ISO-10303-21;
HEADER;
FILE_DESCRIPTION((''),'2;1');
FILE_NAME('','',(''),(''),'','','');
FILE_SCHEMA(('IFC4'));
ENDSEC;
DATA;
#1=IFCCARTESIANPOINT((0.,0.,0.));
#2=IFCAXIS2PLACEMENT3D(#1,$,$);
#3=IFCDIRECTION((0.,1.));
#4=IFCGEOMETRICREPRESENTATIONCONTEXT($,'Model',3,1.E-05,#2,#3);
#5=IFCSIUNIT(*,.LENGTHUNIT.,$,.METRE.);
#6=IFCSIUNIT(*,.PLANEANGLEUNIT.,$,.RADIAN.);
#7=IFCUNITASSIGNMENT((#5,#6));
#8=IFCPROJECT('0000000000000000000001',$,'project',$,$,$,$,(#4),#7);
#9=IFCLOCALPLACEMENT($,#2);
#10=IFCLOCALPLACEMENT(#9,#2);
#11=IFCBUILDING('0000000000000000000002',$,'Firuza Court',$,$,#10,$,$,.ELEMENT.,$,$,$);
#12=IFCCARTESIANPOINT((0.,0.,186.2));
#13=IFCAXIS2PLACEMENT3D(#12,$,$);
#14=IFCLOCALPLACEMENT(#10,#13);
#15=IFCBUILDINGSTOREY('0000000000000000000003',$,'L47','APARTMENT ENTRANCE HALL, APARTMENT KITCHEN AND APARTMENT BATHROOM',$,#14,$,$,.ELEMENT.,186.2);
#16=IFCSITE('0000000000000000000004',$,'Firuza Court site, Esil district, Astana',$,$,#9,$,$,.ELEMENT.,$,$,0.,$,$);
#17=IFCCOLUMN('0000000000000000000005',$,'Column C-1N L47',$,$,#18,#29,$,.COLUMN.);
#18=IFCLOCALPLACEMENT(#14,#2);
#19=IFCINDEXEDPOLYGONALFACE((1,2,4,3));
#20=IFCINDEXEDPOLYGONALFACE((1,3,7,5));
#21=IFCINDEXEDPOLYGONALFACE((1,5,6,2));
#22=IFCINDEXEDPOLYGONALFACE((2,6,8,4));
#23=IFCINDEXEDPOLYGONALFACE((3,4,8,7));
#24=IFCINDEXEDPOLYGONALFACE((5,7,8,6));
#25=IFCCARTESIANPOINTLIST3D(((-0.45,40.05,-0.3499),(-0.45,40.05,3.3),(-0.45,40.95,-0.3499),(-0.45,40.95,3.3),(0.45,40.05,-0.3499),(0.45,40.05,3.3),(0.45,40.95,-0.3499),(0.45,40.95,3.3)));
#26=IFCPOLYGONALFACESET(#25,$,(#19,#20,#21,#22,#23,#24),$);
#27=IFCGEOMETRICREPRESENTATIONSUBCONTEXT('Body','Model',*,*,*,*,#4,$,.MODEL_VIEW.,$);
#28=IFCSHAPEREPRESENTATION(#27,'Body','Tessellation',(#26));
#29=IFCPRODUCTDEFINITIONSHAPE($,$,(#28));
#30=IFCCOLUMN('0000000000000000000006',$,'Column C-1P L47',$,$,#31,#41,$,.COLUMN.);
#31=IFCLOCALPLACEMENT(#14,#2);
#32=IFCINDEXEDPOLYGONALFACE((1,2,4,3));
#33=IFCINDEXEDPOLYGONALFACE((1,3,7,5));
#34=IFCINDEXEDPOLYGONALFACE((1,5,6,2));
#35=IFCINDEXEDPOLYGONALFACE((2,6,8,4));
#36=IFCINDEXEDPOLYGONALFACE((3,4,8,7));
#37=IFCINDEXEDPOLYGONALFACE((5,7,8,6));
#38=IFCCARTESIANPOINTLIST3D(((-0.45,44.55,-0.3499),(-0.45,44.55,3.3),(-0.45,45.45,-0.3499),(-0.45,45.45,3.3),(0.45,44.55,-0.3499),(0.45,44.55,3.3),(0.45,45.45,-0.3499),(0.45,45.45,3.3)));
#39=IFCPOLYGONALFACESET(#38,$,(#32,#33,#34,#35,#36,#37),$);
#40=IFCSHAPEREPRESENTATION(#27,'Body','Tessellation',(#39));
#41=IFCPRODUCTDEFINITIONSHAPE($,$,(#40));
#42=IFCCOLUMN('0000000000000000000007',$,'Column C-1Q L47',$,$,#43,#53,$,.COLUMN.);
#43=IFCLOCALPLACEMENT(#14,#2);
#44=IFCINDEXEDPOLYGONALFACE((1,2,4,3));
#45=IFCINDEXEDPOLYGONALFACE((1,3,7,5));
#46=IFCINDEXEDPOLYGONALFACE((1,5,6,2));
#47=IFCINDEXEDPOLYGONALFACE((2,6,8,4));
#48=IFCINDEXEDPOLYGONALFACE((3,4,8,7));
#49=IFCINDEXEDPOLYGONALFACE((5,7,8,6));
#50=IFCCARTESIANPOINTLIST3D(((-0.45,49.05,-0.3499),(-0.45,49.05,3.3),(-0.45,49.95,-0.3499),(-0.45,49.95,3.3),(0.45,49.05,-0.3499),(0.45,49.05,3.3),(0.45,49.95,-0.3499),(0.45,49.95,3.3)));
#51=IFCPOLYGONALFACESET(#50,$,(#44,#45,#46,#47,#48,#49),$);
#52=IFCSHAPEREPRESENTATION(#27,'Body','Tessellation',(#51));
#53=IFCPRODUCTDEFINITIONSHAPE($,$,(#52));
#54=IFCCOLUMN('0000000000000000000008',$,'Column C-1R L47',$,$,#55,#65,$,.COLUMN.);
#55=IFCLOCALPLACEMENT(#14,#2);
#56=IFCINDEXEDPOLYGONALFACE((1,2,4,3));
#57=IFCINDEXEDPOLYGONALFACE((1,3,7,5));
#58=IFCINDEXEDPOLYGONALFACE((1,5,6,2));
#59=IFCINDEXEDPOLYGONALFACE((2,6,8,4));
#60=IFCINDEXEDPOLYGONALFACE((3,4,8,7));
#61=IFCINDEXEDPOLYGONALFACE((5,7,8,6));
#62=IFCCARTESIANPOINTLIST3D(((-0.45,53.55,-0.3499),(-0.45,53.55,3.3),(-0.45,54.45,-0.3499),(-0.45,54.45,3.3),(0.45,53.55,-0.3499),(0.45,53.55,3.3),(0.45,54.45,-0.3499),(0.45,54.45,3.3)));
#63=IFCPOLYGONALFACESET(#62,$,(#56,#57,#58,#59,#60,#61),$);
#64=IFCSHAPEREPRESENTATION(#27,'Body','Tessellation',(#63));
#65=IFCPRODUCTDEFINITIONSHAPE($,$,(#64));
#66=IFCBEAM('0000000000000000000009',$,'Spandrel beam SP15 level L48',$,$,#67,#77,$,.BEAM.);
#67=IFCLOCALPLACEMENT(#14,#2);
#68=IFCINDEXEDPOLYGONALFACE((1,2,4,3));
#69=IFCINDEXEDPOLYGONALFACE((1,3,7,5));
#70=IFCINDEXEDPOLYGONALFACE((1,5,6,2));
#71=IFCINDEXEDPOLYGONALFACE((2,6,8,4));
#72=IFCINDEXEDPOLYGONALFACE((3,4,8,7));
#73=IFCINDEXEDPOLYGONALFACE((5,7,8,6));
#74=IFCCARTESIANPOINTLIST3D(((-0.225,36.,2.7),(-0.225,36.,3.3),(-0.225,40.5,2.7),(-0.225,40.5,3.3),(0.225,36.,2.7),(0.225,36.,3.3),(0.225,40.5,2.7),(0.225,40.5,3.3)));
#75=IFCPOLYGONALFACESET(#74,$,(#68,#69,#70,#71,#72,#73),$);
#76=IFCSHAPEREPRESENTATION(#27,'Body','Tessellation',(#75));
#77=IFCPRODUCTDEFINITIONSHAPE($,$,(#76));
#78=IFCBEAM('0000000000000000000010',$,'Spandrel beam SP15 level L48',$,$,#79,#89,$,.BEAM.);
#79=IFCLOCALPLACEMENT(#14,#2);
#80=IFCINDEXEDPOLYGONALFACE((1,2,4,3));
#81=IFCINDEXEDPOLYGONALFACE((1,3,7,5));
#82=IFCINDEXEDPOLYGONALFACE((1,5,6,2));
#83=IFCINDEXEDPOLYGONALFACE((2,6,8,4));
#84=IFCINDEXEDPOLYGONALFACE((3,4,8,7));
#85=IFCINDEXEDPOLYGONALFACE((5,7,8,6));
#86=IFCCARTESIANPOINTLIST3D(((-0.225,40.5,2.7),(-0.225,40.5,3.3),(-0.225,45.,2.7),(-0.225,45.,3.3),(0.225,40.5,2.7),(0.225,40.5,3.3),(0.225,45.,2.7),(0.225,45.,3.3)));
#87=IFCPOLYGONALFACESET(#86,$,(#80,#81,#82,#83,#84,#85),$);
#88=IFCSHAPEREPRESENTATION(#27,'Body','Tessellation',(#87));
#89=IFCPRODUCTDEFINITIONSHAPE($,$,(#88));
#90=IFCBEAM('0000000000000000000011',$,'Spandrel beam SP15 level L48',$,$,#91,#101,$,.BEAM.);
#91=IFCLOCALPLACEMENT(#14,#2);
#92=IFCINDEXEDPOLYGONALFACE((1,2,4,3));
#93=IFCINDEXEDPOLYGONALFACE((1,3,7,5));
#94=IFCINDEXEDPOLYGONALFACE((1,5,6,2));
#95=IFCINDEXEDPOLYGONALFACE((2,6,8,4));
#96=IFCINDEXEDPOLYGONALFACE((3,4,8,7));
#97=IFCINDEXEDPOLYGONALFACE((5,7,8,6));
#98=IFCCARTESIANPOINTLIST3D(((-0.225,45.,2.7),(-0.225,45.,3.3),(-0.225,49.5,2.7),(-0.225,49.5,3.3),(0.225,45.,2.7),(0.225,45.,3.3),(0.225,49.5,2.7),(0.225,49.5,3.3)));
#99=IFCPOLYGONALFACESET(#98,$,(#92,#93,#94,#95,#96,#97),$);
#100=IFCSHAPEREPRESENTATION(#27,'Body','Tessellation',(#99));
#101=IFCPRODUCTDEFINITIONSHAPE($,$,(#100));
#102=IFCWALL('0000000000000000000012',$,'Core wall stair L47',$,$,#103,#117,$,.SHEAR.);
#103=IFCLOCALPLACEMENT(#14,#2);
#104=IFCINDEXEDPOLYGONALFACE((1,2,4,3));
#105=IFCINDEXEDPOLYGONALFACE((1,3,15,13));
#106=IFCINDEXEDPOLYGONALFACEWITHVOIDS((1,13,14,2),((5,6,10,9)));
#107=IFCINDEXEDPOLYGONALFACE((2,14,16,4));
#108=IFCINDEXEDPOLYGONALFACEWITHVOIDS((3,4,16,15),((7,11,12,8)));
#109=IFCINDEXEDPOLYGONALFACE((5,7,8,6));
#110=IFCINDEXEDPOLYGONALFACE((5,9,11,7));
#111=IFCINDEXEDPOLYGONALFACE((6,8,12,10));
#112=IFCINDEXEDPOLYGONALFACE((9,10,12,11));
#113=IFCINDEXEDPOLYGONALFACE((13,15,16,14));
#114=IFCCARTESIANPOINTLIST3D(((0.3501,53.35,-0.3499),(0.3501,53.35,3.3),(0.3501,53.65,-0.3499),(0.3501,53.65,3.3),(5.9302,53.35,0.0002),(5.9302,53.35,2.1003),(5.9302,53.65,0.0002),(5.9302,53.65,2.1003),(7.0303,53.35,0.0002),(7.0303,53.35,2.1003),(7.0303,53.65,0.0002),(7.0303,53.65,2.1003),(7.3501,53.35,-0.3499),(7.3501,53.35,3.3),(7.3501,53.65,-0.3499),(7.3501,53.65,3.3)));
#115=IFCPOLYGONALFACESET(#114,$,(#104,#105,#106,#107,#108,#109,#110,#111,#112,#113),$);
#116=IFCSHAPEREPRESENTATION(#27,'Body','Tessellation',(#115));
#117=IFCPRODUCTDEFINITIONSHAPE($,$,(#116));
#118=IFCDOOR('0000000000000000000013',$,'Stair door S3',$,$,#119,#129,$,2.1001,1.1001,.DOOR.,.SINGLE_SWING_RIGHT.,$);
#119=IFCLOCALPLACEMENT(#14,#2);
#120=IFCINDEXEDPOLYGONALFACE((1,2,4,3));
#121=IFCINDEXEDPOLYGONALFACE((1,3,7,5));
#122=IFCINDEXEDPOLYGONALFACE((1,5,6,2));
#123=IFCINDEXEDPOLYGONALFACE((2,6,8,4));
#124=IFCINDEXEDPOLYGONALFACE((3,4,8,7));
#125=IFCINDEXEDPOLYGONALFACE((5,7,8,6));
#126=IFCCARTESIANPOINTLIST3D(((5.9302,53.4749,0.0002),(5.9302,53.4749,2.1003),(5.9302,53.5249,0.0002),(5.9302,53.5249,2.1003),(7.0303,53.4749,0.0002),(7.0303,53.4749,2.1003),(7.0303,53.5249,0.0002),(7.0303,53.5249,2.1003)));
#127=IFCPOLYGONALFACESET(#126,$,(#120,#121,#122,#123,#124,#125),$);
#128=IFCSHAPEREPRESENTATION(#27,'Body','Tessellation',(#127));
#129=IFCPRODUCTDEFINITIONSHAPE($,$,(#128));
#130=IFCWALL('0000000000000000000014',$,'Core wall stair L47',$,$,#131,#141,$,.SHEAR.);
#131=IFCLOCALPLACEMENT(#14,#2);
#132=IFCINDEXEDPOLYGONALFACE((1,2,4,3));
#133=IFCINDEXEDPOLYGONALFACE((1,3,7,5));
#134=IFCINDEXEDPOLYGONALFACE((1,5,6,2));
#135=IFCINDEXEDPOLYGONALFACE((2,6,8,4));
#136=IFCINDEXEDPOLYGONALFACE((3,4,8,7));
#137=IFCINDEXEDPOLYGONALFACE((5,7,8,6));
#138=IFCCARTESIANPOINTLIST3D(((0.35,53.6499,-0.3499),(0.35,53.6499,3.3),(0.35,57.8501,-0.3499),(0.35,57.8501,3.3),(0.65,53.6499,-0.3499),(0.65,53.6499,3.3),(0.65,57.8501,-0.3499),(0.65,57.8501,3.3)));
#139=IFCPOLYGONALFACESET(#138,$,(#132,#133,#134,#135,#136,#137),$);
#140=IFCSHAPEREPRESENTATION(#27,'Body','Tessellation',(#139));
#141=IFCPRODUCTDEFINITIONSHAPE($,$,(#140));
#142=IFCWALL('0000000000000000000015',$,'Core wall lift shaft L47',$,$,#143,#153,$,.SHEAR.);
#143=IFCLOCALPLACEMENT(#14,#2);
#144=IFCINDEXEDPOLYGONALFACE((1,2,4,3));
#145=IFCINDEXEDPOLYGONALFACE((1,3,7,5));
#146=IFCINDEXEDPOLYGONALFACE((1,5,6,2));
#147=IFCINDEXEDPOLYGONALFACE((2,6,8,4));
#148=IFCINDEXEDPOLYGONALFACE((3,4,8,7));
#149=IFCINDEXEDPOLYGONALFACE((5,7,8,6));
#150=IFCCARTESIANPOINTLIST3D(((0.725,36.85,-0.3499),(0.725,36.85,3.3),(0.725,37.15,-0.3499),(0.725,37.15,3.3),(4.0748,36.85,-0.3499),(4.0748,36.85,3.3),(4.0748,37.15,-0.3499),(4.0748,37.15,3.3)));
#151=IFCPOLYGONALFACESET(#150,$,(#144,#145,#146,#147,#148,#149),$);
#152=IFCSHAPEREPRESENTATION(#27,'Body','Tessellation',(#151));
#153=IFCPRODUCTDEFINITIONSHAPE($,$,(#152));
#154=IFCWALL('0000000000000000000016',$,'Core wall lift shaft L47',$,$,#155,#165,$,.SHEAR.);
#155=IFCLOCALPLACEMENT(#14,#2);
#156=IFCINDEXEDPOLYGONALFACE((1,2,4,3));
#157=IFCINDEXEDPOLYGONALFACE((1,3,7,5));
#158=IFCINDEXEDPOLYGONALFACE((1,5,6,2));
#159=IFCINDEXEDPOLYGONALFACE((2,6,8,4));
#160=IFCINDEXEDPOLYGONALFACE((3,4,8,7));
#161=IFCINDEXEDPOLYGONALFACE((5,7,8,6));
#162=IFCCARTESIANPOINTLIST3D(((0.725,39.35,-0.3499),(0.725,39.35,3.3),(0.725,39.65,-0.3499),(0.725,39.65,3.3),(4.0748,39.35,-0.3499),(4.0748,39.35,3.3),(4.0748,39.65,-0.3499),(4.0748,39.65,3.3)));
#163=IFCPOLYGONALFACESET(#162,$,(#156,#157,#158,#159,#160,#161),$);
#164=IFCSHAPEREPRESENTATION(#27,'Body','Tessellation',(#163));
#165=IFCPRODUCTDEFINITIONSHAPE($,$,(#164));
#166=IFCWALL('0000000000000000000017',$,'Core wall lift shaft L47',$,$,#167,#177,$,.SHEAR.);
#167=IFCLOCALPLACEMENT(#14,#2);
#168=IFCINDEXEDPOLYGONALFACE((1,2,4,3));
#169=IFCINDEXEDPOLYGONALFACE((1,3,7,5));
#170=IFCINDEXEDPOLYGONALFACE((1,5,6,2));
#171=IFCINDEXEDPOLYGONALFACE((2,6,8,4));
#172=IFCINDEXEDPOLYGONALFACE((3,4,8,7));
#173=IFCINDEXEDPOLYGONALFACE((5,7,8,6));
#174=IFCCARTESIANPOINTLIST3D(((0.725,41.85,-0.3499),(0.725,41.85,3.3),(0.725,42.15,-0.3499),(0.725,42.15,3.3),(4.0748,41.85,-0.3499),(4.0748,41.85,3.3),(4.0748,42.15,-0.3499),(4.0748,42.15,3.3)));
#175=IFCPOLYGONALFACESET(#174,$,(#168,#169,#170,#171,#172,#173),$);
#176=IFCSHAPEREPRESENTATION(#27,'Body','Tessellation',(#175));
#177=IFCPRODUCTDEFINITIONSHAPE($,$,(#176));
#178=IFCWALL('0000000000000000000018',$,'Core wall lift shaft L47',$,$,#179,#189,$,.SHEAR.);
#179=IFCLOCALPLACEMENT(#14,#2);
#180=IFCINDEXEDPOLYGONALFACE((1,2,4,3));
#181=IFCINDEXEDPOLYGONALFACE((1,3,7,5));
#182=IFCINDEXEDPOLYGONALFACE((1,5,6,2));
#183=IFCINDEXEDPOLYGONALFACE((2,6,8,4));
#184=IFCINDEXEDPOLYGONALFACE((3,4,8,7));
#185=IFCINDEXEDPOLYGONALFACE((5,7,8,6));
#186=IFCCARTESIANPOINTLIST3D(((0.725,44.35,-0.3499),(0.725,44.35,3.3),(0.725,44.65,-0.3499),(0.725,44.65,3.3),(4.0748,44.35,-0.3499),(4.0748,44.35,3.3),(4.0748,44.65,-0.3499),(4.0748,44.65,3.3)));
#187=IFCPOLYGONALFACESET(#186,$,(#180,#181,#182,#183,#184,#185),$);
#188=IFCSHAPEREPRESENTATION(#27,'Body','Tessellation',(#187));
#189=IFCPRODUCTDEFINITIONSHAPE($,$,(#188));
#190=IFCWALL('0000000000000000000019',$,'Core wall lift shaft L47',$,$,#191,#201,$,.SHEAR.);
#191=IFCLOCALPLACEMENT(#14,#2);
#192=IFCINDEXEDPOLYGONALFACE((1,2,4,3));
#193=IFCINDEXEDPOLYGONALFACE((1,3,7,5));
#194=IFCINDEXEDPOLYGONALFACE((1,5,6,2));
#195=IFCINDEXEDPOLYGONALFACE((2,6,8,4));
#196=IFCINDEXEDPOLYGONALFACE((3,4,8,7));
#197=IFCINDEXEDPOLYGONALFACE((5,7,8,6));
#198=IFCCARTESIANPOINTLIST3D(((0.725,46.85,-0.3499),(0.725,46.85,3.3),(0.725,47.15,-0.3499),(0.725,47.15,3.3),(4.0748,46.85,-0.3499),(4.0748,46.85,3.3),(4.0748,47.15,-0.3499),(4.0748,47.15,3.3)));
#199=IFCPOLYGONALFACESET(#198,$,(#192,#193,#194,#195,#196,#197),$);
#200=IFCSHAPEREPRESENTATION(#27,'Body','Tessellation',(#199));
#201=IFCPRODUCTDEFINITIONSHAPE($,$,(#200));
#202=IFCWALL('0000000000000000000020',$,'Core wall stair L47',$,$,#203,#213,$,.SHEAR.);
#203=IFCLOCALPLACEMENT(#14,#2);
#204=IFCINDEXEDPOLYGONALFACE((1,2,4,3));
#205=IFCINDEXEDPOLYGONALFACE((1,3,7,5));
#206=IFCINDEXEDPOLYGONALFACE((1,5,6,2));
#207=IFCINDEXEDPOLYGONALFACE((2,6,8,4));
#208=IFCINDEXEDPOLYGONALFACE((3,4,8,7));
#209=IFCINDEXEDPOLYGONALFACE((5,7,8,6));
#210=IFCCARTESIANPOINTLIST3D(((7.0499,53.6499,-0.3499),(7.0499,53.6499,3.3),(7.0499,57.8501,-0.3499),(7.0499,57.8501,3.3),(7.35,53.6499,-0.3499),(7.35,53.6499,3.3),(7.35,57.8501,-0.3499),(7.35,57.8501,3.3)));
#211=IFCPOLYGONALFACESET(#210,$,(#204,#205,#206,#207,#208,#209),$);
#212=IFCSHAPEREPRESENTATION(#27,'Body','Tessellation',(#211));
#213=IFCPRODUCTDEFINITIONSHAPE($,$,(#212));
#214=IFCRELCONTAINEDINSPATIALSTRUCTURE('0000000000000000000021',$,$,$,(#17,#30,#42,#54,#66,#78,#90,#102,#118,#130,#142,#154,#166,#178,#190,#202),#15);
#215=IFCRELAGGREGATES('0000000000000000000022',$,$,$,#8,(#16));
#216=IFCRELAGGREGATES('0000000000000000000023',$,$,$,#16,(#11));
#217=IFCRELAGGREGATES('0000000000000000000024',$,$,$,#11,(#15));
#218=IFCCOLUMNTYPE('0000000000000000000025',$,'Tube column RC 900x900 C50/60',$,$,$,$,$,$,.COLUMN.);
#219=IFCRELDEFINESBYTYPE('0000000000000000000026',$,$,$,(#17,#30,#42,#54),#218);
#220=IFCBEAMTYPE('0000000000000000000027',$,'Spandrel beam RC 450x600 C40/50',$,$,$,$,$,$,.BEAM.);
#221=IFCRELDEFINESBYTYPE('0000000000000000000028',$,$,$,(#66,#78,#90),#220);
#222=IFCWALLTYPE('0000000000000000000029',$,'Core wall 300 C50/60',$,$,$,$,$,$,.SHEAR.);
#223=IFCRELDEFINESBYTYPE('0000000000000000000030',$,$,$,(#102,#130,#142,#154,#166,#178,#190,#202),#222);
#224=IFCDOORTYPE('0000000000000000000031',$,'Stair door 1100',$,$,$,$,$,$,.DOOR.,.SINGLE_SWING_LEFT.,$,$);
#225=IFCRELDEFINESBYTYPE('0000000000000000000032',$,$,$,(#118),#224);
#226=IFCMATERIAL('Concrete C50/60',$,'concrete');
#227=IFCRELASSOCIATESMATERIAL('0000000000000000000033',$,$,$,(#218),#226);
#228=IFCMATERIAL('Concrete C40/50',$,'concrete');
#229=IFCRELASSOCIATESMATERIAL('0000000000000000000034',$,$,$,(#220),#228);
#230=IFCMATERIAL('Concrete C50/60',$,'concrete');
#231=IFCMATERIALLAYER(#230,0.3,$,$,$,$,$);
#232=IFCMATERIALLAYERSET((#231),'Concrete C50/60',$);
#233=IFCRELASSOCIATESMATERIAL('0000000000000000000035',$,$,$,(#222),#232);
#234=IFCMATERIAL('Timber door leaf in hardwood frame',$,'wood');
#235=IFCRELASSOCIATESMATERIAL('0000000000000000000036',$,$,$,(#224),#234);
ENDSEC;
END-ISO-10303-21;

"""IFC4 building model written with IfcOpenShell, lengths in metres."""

from ifc_helpers import new_model, si_unit, direction, frame, frame_2d, origin, origin_2d, place, context, subcontext, project, spatial, rectangle, extrude, material, layer, layer_set, material_profile, profile_set, type_object, element, fill, save


model = new_model("IFC4")

# Units and contexts
model_context = context("Model", 3, precision=1e-05, world=origin(), true_north=direction((0.0, 1.0)))
body_context = subcontext(model_context, "Body", "Model", "MODEL_VIEW")
ifc_project = project(units=[si_unit("LENGTHUNIT", "METRE"), si_unit("PLANEANGLEUNIT", "RADIAN")], contexts=[model_context])

# Site, building, storey
site_placement = place(None, origin())
site = spatial("IfcSite", under=ifc_project, at=site_placement, Name="Firuza Court site, Esil district, Astana", CompositionType="ELEMENT", RefElevation=0.0)
building_placement = place(site_placement, origin())
building = spatial("IfcBuilding", under=site, at=building_placement, Name="Firuza Court", CompositionType="ELEMENT")
storey_placement = place(building_placement, frame((0.0, 0.0, 186.2)))
storey = spatial("IfcBuildingStorey", under=building, at=storey_placement, Name="L47", Description="APARTMENT ENTRANCE HALL, APARTMENT KITCHEN AND APARTMENT BATHROOM", CompositionType="ELEMENT", Elevation=186.2)

# Columns
ifc_material_1 = material(Name="Concrete C50/60", Category="concrete")
ifc_material_profile_1 = material_profile(ifc_material_1, rectangle(XDim=0.8999, YDim=0.8999, at=origin_2d()), Name="RC 900x900")
ifc_profile_set_1 = profile_set([ifc_material_profile_1], Name="Concrete C50/60")
column_type = type_object("IfcColumnType", Name="Tube column RC 900x900 C50/60", PredefinedType="COLUMN", material=ifc_profile_set_1)
for number, where, z_axis, x_axis, name in (
    (1, (0.0, 40.5, -0.3499), (0.0, 0.0, 1.0), (1.0, 0.0, 0.0), "Column C-1N L47"),
    (2, (0.0, 45.0, -0.3499), (0.0, 0.0, 1.0), (1.0, 0.0, 0.0), "Column C-1P L47"),
    (3, (0.0, 49.5, -0.3499), (0.0, 0.0, 1.0), (1.0, 0.0, 0.0), "Column C-1Q L47"),
    (4, (0.0, 54.0, -0.3499), (0.0, 0.0, 1.0), (1.0, 0.0, 0.0), "Column C-1R L47"),
):
    element("IfcColumn", number, at=place(storey_placement, frame(where, z_axis=z_axis, x_axis=x_axis)), inside=storey, type_object=column_type, Name=name, PredefinedType="COLUMN", context=body_context, shape_type="SweptSolid", body=[
        extrude(rectangle(XDim=0.8999, YDim=0.8999, at=origin_2d()), origin(), (0.0, 0.0, 1.0), 3.6499),
    ])

# Beams
ifc_material_2 = material(Name="Concrete C40/50", Category="concrete")
ifc_material_profile_2 = material_profile(ifc_material_2, rectangle(XDim=0.45, YDim=0.6001, at=origin_2d()), Name="RC 450x600")
ifc_profile_set_2 = profile_set([ifc_material_profile_2], Name="Concrete C40/50")
beam_type = type_object("IfcBeamType", Name="Spandrel beam RC 450x600 C40/50", PredefinedType="BEAM", material=ifc_profile_set_2)
for number, where, z_axis, x_axis, name in (
    (5, (0.0, 40.5, 3.0), (0.0, -1.0, 0.0), (1.0, 0.0, 0.0), "Spandrel beam SP15 level L48"),
    (6, (0.0, 45.0, 3.0), (0.0, -1.0, 0.0), (1.0, 0.0, 0.0), "Spandrel beam SP15 level L48"),
    (7, (0.0, 49.5, 3.0), (0.0, -1.0, 0.0), (1.0, 0.0, 0.0), "Spandrel beam SP15 level L48"),
):
    element("IfcBeam", number, at=place(storey_placement, frame(where, z_axis=z_axis, x_axis=x_axis)), inside=storey, type_object=beam_type, Name=name, PredefinedType="BEAM", context=body_context, shape_type="SweptSolid", body=[
        extrude(rectangle(XDim=0.45, YDim=0.6001, at=origin_2d()), origin(), (0.0, 0.0, 1.0), 4.5),
    ])

# Wall, opening, door
ifc_material_3 = material(Name="Concrete C50/60", Category="concrete")
ifc_layer_1 = layer(ifc_material_3, 0.3)
ifc_layer_set_1 = layer_set([ifc_layer_1], Name="Concrete C50/60")
wall_type_1 = type_object("IfcWallType", Name="Core wall 300 C50/60", PredefinedType="SHEAR", material=ifc_layer_set_1)
wall_1_placement = place(storey_placement, frame((0.3501, 53.5, -0.3499), z_axis=(0.0, 0.0, 1.0), x_axis=(1.0, 0.0, 0.0)))
wall_1 = element("IfcWall", 8, at=wall_1_placement, inside=storey, type_object=wall_type_1, Name="Core wall stair L47", PredefinedType="SHEAR", context=body_context, shape_type="SweptSolid", body=[
    extrude(rectangle(XDim=7.0, YDim=0.3, at=frame_2d((3.5, 0.0))), origin(), (0.0, 0.0, 1.0), 3.6499),
])
opening_1_placement = place(wall_1_placement, frame((5.5801, 0.0, 0.3501)))
opening_1 = element("IfcOpeningElement", 9, at=opening_1_placement, cuts=wall_1, PredefinedType="OPENING", context=body_context, shape_type="SweptSolid", body=[
    extrude(rectangle(XDim=1.1001, YDim=2.1001, at=frame_2d((0.55, 1.05))), frame((0.0, 0.1621, 0.0), z_axis=(0.0, -1.0, 0.0), x_axis=(1.0, 0.0, 0.0)), (0.0, 0.0, 1.0), 0.324),
])
ifc_material_4 = material(Name="Timber door leaf in hardwood frame", Category="wood")
door_type_1 = type_object("IfcDoorType", Name="Stair door 1100", OperationType="SINGLE_SWING_LEFT", PredefinedType="DOOR", material=ifc_material_4)
door_1_placement = place(opening_1_placement, origin())
door_1 = element("IfcDoor", 10, at=door_1_placement, inside=storey, type_object=door_type_1, Name="Stair door S3", OperationType="SINGLE_SWING_RIGHT", OverallHeight=2.1001, OverallWidth=1.1001, PredefinedType="DOOR", context=body_context, shape_type="SweptSolid", body=[
    extrude(rectangle(XDim=1.1001, YDim=2.1001, at=frame_2d((0.55, 1.05))), frame((0.0, 0.0249, 0.0), z_axis=(0.0, -1.0, 0.0), x_axis=(1.0, 0.0, 0.0)), (0.0, 0.0, 1.0), 0.05),
])
fill(opening_1, door_1)

# Walls
wall_2_placement = place(storey_placement, frame((0.5, 53.6499, -0.3499), z_axis=(0.0, 0.0, 1.0), x_axis=(0.0, 1.0, 0.0)))
element("IfcWall", 11, at=wall_2_placement, inside=storey, type_object=wall_type_1, Name="Core wall stair L47", PredefinedType="SHEAR", context=body_context, shape_type="SweptSolid", body=[
    extrude(rectangle(XDim=4.2002, YDim=0.3, at=frame_2d((2.1001, 0.0))), origin(), (0.0, 0.0, 1.0), 3.6499),
])
for number, where, z_axis, x_axis, name in (
    (12, (0.7251, 37.0, -0.3499), (0.0, 0.0, 1.0), (1.0, 0.0, 0.0), "Core wall lift shaft L47"),
    (13, (0.7251, 39.5, -0.3499), (0.0, 0.0, 1.0), (1.0, 0.0, 0.0), "Core wall lift shaft L47"),
    (14, (0.7251, 42.0, -0.3499), (0.0, 0.0, 1.0), (1.0, 0.0, 0.0), "Core wall lift shaft L47"),
    (15, (0.7251, 44.5, -0.3499), (0.0, 0.0, 1.0), (1.0, 0.0, 0.0), "Core wall lift shaft L47"),
    (16, (0.7251, 47.0, -0.3499), (0.0, 0.0, 1.0), (1.0, 0.0, 0.0), "Core wall lift shaft L47"),
):
    element("IfcWall", number, at=place(storey_placement, frame(where, z_axis=z_axis, x_axis=x_axis)), inside=storey, type_object=wall_type_1, Name=name, PredefinedType="SHEAR", context=body_context, shape_type="SweptSolid", body=[
        extrude(rectangle(XDim=3.3499, YDim=0.3, at=frame_2d((1.6748, 0.0))), origin(), (0.0, 0.0, 1.0), 3.6499),
    ])
wall_3_placement = place(storey_placement, frame((7.2, 53.6499, -0.3499), z_axis=(0.0, 0.0, 1.0), x_axis=(0.0, 1.0, 0.0)))
element("IfcWall", 17, at=wall_3_placement, inside=storey, type_object=wall_type_1, Name="Core wall stair L47", PredefinedType="SHEAR", context=body_context, shape_type="SweptSolid", body=[
    extrude(rectangle(XDim=4.2002, YDim=0.3, at=frame_2d((2.1001, 0.0))), origin(), (0.0, 0.0, 1.0), 3.6499),
])

save(model, "model.ifc")
